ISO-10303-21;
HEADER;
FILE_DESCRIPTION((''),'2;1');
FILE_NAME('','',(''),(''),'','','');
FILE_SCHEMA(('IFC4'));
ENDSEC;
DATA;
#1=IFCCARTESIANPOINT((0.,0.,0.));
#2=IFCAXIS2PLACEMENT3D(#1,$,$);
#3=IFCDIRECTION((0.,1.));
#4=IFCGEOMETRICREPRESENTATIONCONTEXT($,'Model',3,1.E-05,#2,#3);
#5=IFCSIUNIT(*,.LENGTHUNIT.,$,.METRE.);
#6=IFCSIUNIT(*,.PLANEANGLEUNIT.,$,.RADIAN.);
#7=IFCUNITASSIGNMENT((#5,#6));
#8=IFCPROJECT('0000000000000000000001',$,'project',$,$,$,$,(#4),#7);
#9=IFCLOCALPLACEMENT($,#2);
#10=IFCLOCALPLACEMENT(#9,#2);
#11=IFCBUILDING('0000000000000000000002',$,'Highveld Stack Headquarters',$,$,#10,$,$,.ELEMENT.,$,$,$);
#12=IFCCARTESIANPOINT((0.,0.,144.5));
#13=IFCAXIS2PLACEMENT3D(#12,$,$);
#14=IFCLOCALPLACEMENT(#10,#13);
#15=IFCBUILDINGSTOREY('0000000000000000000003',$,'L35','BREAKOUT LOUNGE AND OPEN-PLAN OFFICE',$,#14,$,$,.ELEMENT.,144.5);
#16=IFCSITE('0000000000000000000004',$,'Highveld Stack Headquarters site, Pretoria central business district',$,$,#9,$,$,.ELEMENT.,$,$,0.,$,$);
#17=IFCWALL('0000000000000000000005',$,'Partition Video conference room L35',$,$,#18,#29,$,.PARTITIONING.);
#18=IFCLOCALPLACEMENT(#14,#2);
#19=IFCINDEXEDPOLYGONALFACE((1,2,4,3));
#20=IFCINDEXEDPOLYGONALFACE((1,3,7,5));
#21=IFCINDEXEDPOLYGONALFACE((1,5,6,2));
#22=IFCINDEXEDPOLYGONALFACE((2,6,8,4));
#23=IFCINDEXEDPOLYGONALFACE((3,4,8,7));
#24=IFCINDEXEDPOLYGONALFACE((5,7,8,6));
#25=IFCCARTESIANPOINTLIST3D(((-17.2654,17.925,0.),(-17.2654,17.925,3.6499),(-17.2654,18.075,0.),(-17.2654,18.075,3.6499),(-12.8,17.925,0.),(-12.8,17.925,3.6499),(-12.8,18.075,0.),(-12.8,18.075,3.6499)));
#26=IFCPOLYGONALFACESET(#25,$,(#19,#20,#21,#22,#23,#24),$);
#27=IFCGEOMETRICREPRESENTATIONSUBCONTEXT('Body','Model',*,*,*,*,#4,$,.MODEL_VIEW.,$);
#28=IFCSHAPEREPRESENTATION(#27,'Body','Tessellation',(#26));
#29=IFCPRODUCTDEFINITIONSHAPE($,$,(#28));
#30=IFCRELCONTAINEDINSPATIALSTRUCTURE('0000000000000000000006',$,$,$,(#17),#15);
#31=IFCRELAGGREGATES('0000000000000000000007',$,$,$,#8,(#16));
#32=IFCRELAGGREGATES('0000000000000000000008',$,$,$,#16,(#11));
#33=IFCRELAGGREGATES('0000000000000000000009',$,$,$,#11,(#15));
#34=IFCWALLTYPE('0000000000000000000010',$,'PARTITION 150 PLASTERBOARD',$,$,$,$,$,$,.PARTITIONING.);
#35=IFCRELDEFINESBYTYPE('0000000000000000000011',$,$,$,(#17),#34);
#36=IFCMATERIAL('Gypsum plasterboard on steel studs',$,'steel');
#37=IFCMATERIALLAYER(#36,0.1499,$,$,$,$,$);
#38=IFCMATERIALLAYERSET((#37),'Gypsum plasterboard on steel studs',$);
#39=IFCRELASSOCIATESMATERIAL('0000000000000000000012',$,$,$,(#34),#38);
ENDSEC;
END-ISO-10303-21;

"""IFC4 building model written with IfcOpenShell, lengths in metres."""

from ifc_helpers import new_model, si_unit, direction, frame, frame_2d, origin, place, context, subcontext, project, spatial, rectangle, extrude, material, layer, layer_set, type_object, element, save


model = new_model("IFC4")

# Units and contexts
model_context = context("Model", 3, precision=1e-05, world=origin(), true_north=direction((0.0, 1.0)))
body_context = subcontext(model_context, "Body", "Model", "MODEL_VIEW")
ifc_project = project(units=[si_unit("LENGTHUNIT", "METRE"), si_unit("PLANEANGLEUNIT", "RADIAN")], contexts=[model_context])

# Site, building, storey
site_placement = place(None, origin())
site = spatial("IfcSite", under=ifc_project, at=site_placement, Name="Highveld Stack Headquarters site, Pretoria central business district", CompositionType="ELEMENT", RefElevation=0.0)
building_placement = place(site_placement, origin())
building = spatial("IfcBuilding", under=site, at=building_placement, Name="Highveld Stack Headquarters", CompositionType="ELEMENT")
storey_placement = place(building_placement, frame((0.0, 0.0, 144.5)))
storey = spatial("IfcBuildingStorey", under=building, at=storey_placement, Name="L35", Description="BREAKOUT LOUNGE AND OPEN-PLAN OFFICE", CompositionType="ELEMENT", Elevation=144.5)

# Wall
ifc_material_1 = material(Name="Gypsum plasterboard on steel studs", Category="steel")
ifc_layer_1 = layer(ifc_material_1, 0.1499)
ifc_layer_set_1 = layer_set([ifc_layer_1], Name="Gypsum plasterboard on steel studs")
wall_type_1 = type_object("IfcWallType", Name="PARTITION 150 PLASTERBOARD", PredefinedType="PARTITIONING", material=ifc_layer_set_1)
wall_1_placement = place(storey_placement, frame((-17.2654, 18.0, 0.0), z_axis=(0.0, 0.0, 1.0), x_axis=(1.0, 0.0, 0.0)))
element("IfcWall", 1, at=wall_1_placement, inside=storey, type_object=wall_type_1, Name="Partition Video conference room L35", PredefinedType="PARTITIONING", context=body_context, shape_type="SweptSolid", body=[
    extrude(rectangle(XDim=4.4653, YDim=0.1499, at=frame_2d((2.2327, 0.0))), origin(), (0.0, 0.0, 1.0), 3.6499),
])

save(model, "model.ifc")
